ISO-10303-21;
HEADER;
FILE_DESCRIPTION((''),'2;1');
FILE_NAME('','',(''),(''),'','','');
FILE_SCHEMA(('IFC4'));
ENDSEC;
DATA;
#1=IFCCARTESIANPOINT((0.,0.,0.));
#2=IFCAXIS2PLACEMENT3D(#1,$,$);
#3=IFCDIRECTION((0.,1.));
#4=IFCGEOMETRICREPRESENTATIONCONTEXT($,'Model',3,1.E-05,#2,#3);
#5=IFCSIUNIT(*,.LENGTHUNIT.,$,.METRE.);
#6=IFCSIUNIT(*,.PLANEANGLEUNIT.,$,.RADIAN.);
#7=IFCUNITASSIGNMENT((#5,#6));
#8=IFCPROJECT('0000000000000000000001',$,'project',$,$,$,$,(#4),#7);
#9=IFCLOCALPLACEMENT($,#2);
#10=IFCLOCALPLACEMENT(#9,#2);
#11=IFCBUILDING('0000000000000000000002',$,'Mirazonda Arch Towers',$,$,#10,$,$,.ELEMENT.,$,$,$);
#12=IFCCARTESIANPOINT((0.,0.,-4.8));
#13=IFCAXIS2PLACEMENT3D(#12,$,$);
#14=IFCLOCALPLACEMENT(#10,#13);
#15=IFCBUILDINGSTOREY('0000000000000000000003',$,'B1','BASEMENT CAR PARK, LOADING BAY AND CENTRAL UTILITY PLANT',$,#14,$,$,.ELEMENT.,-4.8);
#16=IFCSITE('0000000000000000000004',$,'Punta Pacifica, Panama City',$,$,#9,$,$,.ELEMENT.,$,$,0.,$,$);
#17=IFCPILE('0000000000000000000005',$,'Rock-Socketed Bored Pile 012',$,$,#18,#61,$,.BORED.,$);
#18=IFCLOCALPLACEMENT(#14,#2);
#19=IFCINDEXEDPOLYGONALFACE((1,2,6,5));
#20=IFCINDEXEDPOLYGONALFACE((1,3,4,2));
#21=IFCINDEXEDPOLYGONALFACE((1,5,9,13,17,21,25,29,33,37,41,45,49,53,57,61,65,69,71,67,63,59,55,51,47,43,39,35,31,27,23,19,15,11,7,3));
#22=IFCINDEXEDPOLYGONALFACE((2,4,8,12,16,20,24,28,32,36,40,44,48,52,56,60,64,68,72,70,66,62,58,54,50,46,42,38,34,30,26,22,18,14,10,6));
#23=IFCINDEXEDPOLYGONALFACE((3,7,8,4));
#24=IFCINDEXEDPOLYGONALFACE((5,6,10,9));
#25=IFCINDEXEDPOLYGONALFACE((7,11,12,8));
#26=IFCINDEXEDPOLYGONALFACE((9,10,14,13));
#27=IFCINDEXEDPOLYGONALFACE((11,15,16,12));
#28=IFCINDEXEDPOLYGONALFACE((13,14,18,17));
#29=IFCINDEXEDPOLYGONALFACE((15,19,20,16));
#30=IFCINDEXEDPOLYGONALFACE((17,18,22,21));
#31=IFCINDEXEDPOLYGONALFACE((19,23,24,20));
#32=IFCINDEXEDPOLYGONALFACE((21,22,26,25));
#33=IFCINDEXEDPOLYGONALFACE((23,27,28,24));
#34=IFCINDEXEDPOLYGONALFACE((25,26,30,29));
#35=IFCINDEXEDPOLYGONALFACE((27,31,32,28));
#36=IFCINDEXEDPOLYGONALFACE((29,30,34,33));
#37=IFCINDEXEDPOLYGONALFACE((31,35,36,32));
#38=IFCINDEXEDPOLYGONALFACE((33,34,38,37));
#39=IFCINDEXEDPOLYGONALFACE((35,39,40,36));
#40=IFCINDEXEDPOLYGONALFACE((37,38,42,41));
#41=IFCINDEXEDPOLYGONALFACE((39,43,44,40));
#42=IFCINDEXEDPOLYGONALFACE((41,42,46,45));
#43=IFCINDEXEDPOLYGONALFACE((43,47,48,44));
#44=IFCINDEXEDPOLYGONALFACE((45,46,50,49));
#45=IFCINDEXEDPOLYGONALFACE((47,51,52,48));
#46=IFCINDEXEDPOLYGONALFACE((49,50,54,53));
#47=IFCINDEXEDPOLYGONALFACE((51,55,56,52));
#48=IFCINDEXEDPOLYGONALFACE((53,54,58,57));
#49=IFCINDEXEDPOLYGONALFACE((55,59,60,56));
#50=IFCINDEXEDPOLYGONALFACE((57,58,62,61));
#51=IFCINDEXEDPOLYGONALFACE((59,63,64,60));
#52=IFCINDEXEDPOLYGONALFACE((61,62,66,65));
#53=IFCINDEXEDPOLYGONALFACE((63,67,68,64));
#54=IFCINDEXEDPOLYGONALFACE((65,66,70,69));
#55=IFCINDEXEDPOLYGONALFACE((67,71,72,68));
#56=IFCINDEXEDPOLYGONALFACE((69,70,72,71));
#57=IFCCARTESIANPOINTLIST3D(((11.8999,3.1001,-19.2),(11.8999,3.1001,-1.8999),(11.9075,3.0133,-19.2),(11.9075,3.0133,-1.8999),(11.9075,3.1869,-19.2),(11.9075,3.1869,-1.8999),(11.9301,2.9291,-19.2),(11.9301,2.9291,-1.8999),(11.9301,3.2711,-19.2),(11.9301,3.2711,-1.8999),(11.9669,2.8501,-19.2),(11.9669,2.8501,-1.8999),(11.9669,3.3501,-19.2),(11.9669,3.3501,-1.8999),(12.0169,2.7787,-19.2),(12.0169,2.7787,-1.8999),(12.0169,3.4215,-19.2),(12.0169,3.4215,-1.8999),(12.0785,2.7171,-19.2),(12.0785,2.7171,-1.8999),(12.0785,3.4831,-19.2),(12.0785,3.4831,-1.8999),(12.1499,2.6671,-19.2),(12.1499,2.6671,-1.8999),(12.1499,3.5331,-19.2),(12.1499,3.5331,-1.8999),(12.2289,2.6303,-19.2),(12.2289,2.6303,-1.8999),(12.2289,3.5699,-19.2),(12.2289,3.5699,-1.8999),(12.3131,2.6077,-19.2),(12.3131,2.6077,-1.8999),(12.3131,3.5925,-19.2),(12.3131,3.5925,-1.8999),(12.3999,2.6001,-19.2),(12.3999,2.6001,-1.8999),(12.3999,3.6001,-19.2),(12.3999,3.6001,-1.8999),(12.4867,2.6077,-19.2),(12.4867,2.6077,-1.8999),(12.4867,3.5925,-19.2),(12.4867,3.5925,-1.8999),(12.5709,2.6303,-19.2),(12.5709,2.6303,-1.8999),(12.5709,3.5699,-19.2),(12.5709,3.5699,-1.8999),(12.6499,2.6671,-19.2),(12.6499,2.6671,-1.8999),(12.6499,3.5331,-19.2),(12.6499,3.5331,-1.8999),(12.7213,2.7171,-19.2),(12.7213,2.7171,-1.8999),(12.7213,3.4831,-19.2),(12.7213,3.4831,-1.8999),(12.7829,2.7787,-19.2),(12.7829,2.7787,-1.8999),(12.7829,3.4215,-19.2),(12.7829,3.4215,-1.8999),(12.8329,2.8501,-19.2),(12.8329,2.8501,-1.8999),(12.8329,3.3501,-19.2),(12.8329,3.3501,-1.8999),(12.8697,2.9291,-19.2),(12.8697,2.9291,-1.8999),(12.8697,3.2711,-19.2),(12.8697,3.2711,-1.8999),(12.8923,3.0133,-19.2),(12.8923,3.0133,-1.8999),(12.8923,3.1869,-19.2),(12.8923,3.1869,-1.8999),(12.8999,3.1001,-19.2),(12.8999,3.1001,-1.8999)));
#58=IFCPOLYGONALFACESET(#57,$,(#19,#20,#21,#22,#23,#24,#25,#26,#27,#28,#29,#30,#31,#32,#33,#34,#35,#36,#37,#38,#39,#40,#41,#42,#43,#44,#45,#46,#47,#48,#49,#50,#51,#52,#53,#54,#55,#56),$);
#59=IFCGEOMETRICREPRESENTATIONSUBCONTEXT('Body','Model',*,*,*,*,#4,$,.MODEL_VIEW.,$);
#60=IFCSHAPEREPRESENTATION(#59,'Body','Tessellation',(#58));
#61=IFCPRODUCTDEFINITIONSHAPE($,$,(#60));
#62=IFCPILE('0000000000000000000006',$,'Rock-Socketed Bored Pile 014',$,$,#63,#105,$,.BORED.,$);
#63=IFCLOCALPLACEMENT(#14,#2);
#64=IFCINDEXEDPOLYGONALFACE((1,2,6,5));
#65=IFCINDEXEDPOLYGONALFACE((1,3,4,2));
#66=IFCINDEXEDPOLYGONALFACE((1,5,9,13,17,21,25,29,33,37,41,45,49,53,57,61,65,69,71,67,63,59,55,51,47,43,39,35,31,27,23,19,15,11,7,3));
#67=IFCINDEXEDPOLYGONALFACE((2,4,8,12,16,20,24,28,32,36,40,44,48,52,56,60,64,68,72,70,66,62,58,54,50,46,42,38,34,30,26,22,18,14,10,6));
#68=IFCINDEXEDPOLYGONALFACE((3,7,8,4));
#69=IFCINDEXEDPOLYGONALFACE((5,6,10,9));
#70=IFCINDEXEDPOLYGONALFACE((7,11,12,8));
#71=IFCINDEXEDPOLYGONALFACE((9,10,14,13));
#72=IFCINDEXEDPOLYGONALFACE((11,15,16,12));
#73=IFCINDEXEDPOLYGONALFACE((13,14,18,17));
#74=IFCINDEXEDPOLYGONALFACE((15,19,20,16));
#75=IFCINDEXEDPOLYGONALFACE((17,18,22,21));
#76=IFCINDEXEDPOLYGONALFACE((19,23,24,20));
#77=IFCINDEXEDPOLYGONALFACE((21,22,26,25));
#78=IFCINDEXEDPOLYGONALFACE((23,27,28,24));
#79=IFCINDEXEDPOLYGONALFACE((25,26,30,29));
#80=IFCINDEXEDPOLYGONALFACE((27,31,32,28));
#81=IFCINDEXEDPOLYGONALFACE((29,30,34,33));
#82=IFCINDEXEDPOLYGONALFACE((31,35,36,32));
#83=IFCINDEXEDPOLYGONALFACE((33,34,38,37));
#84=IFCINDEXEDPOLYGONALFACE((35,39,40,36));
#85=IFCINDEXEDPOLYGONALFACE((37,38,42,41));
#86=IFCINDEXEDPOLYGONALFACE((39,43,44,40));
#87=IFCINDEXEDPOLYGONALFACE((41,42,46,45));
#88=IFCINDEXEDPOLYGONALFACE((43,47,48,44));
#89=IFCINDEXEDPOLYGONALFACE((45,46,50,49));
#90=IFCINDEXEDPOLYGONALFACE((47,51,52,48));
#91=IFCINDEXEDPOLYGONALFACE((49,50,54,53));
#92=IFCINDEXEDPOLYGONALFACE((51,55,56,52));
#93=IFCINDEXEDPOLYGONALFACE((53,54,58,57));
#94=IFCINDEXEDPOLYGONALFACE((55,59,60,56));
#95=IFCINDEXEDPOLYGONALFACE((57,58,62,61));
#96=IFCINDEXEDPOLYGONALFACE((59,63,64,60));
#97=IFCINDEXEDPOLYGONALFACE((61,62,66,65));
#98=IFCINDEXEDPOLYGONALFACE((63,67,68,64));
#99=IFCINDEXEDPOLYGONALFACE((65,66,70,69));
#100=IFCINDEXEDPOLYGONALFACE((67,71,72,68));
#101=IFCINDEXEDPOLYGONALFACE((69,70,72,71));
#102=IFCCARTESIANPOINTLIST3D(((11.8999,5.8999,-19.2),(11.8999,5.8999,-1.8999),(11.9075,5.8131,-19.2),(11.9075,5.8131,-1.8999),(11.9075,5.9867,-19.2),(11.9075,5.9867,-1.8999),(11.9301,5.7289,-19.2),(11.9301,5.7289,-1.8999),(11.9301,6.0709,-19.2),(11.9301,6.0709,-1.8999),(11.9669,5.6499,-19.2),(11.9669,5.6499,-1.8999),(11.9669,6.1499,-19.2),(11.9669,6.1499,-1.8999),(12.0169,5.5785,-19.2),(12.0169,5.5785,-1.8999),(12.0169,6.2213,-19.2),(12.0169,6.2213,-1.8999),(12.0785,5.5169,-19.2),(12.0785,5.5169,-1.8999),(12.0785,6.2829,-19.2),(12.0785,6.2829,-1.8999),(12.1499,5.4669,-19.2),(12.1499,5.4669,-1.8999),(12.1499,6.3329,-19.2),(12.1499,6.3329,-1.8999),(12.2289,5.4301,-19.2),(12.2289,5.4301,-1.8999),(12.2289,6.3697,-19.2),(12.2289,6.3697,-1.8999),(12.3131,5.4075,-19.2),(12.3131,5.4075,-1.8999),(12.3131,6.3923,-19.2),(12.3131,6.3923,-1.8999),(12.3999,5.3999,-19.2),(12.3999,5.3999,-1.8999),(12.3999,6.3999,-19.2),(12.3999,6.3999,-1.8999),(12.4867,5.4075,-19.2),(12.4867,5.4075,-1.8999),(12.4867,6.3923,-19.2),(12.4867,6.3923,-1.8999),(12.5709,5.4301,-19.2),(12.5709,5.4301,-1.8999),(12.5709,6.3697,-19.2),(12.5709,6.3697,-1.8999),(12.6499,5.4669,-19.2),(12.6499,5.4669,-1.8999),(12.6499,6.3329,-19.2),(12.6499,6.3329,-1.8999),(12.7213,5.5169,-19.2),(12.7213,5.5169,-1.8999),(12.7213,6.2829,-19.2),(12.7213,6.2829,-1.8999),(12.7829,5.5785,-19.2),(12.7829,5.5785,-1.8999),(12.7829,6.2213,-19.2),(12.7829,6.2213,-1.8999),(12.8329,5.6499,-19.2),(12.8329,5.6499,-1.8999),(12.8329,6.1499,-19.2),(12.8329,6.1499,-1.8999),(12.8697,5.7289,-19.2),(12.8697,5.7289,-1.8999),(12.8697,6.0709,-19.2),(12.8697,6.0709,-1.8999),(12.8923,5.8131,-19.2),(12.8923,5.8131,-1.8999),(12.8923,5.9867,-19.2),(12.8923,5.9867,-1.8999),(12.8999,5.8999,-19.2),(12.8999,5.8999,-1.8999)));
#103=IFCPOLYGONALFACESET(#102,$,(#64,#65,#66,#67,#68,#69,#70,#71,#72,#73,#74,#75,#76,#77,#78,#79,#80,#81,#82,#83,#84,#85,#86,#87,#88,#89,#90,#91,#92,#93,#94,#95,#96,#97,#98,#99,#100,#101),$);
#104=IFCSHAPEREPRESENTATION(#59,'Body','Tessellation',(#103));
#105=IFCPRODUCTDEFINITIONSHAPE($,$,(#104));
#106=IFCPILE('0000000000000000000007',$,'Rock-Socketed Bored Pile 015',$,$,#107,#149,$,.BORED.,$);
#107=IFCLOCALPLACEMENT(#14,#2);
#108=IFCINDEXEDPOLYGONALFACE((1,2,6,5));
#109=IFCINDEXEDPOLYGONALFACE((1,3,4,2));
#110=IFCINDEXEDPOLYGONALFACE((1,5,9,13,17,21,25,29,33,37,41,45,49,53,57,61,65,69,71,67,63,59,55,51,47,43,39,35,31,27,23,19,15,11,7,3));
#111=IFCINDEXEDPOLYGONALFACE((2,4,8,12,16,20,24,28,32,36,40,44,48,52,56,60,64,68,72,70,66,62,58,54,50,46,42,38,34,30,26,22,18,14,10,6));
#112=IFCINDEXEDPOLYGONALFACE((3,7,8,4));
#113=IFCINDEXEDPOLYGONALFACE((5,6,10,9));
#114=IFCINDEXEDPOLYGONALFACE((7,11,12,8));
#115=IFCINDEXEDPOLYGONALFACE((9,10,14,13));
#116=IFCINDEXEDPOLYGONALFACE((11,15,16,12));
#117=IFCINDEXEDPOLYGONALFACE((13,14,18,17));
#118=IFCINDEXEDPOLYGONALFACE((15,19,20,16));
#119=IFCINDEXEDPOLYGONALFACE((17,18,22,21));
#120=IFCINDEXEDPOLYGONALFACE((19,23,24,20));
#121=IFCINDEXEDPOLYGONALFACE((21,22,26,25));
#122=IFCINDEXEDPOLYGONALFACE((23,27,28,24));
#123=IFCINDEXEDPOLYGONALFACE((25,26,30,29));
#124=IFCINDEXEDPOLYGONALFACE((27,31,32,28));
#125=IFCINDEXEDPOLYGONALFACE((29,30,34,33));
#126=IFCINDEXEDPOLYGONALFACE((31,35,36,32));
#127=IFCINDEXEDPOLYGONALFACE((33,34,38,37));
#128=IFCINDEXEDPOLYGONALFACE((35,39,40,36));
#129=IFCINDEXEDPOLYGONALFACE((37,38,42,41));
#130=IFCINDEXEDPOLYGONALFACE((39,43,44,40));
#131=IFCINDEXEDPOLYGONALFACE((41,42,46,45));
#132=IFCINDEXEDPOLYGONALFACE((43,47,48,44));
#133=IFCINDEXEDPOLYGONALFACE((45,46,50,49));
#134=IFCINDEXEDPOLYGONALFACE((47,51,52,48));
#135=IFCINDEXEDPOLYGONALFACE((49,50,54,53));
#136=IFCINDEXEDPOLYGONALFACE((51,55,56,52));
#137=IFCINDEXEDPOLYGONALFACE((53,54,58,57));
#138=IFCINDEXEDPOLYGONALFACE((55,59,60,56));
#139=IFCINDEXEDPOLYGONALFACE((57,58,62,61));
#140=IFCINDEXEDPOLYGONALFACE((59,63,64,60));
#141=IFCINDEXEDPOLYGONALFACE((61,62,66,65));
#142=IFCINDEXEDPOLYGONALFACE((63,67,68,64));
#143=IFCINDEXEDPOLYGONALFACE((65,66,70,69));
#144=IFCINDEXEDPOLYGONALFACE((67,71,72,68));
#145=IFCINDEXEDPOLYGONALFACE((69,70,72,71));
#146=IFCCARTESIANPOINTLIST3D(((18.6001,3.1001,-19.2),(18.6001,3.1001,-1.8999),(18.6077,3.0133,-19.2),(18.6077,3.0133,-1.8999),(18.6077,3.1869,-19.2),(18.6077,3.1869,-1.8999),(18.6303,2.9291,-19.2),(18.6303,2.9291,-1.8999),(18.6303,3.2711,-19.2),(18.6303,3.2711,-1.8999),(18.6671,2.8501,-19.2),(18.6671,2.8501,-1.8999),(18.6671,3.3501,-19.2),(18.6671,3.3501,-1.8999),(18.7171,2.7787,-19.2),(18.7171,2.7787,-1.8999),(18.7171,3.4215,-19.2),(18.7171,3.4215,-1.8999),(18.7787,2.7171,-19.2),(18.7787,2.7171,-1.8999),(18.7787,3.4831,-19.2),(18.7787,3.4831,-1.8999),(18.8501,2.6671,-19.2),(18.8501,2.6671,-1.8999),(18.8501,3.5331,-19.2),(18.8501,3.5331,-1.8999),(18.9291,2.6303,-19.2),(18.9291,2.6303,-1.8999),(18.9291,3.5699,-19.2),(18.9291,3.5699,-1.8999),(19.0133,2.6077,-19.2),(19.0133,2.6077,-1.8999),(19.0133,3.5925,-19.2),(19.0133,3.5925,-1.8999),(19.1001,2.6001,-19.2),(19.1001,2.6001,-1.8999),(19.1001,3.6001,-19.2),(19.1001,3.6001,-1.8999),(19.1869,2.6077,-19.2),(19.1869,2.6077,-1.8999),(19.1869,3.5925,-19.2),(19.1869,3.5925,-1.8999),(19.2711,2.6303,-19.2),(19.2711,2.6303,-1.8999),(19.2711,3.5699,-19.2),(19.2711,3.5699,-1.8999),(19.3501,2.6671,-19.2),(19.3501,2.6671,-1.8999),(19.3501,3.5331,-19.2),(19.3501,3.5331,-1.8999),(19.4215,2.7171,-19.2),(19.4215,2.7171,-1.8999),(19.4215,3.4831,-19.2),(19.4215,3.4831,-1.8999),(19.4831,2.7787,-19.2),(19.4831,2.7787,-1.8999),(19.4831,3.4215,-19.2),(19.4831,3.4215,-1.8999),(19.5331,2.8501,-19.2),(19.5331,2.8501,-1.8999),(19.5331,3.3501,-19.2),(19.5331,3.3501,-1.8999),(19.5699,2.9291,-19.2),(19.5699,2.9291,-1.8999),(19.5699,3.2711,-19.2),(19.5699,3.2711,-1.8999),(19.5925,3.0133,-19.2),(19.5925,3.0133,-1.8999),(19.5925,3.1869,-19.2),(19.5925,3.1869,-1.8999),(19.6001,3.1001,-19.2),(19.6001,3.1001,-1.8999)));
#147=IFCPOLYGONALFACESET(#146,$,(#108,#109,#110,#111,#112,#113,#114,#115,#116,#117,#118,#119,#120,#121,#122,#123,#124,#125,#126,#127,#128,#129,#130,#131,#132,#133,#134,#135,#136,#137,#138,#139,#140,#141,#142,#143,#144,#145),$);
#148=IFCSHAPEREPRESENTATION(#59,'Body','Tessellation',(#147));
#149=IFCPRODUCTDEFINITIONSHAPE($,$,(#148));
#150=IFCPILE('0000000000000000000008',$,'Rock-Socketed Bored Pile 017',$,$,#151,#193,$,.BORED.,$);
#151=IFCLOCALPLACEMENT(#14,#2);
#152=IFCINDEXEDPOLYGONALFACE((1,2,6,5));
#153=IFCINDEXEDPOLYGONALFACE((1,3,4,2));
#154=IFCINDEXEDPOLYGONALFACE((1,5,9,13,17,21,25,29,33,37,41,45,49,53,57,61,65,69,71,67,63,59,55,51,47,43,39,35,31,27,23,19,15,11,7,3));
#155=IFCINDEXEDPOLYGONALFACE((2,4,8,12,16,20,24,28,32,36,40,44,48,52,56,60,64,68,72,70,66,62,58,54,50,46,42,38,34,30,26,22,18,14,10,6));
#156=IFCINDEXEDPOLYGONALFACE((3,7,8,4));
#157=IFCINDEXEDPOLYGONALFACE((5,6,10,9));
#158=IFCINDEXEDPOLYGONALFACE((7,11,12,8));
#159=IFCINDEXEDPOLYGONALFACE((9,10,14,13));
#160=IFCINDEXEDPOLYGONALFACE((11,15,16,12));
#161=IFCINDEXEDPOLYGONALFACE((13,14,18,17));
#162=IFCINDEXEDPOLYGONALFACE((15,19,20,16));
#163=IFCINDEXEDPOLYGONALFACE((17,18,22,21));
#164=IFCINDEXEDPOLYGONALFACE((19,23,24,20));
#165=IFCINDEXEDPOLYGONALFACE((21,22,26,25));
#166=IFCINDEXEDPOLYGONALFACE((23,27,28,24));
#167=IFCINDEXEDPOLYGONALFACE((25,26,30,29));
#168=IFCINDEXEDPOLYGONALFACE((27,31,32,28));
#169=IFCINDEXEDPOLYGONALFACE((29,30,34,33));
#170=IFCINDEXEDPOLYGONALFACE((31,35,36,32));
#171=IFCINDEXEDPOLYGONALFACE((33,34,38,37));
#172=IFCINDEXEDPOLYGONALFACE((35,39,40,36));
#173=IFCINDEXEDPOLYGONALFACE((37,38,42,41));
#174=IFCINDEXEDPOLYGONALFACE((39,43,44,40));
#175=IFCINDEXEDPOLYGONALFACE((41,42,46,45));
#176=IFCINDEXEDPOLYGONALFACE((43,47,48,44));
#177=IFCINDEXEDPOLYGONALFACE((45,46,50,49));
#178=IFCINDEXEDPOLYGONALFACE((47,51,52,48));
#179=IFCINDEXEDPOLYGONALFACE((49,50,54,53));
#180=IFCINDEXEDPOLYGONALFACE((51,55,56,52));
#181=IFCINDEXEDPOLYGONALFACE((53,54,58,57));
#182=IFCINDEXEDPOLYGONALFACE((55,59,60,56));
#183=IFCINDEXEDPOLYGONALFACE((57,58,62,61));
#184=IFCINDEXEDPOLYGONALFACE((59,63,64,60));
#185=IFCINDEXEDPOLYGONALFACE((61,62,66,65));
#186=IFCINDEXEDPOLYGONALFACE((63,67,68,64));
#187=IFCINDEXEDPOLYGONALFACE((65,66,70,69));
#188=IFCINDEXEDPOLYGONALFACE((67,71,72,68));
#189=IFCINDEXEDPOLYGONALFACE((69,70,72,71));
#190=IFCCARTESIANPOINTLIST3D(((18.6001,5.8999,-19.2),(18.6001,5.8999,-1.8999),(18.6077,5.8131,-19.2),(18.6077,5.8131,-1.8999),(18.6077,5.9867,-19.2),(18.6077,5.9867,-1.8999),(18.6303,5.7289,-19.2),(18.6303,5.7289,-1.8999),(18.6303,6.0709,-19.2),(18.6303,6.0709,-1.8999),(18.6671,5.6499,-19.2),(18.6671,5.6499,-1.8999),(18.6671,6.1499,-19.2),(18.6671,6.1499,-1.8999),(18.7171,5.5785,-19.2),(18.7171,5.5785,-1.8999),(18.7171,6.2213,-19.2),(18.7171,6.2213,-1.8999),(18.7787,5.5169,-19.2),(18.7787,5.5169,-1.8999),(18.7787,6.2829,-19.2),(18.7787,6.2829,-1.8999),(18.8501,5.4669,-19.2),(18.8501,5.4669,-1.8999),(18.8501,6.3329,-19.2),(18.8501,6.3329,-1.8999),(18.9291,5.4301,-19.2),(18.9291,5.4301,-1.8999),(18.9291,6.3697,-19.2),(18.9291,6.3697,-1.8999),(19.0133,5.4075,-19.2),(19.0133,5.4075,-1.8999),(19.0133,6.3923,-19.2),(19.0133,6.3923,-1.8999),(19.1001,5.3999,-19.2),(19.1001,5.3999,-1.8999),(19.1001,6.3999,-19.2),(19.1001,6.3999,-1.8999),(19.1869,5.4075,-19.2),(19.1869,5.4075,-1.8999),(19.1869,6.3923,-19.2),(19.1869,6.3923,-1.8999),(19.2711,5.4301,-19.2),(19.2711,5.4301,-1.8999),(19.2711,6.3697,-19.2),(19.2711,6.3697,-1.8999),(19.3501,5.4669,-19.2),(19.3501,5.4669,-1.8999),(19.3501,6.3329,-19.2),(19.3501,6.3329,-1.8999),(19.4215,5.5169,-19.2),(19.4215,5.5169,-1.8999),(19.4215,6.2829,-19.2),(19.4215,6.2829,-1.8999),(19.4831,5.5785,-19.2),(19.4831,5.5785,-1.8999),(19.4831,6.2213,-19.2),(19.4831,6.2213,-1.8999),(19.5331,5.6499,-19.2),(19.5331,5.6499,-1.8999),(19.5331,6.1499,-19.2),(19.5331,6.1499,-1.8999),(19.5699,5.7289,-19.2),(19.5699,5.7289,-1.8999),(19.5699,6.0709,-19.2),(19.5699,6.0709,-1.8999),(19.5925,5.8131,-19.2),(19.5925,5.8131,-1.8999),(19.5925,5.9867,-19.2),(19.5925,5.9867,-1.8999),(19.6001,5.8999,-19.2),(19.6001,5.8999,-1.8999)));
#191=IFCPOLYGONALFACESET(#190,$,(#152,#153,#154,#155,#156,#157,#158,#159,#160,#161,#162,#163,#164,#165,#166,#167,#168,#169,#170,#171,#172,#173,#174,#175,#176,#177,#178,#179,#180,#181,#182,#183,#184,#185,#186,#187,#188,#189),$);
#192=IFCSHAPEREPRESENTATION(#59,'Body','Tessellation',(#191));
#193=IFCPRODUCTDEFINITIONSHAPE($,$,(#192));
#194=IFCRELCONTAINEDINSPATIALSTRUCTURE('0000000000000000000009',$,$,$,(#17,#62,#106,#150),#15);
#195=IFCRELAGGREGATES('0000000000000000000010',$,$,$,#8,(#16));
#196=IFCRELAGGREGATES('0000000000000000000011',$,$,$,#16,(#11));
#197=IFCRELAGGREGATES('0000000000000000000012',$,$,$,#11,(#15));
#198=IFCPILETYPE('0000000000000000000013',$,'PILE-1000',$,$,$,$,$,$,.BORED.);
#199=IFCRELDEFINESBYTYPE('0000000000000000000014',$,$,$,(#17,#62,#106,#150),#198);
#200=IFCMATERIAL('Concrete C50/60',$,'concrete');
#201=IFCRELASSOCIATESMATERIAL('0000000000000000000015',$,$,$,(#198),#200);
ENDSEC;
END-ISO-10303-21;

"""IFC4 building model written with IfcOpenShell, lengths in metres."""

from ifc_helpers import new_model, si_unit, direction, frame, origin, origin_2d, place, context, subcontext, project, spatial, circle, extrude, material, material_profile, profile_set, type_object, element, save


model = new_model("IFC4")

# Units and contexts
model_context = context("Model", 3, precision=1e-05, world=origin(), true_north=direction((0.0, 1.0)))
body_context = subcontext(model_context, "Body", "Model", "MODEL_VIEW")
ifc_project = project(units=[si_unit("LENGTHUNIT", "METRE"), si_unit("PLANEANGLEUNIT", "RADIAN")], contexts=[model_context])

# Site, building, storey
site_placement = place(None, origin())
site = spatial("IfcSite", under=ifc_project, at=site_placement, Name="Punta Pacifica, Panama City", CompositionType="ELEMENT", RefElevation=0.0)
building_placement = place(site_placement, origin())
building = spatial("IfcBuilding", under=site, at=building_placement, Name="Mirazonda Arch Towers", CompositionType="ELEMENT")
storey_placement = place(building_placement, frame((0.0, 0.0, -4.8)))
storey = spatial("IfcBuildingStorey", under=building, at=storey_placement, Name="B1", Description="BASEMENT CAR PARK, LOADING BAY AND CENTRAL UTILITY PLANT", CompositionType="ELEMENT", Elevation=-4.8)

# Piles
ifc_material_1 = material(Name="Concrete C50/60", Category="concrete")
ifc_material_profile_1 = material_profile(ifc_material_1, circle(Radius=0.5, at=origin_2d()), Name="BORED-D1000")
ifc_profile_set_1 = profile_set([ifc_material_profile_1], Name="Concrete C50/60")
pile_type_1 = type_object("IfcPileType", Name="PILE-1000", PredefinedType="BORED", material=ifc_profile_set_1)
for number, where, z_axis, x_axis, name in (
    (1, (12.3999, 3.1001, -1.8999), (0.0, 0.0, -1.0), (1.0, 0.0, 0.0), "Rock-Socketed Bored Pile 012"),
    (2, (12.3999, 5.8999, -1.8999), (0.0, 0.0, -1.0), (1.0, 0.0, 0.0), "Rock-Socketed Bored Pile 014"),
    (3, (19.1001, 3.1001, -1.8999), (0.0, 0.0, -1.0), (1.0, 0.0, 0.0), "Rock-Socketed Bored Pile 015"),
    (4, (19.1001, 5.8999, -1.8999), (0.0, 0.0, -1.0), (1.0, 0.0, 0.0), "Rock-Socketed Bored Pile 017"),
):
    element("IfcPile", number, at=place(storey_placement, frame(where, z_axis=z_axis, x_axis=x_axis)), inside=storey, type_object=pile_type_1, Name=name, PredefinedType="BORED", context=body_context, shape_type="SweptSolid", body=[
        extrude(circle(Radius=0.5, at=origin_2d()), origin(), (0.0, 0.0, 1.0), 17.3),
    ])

save(model, "model.ifc")
